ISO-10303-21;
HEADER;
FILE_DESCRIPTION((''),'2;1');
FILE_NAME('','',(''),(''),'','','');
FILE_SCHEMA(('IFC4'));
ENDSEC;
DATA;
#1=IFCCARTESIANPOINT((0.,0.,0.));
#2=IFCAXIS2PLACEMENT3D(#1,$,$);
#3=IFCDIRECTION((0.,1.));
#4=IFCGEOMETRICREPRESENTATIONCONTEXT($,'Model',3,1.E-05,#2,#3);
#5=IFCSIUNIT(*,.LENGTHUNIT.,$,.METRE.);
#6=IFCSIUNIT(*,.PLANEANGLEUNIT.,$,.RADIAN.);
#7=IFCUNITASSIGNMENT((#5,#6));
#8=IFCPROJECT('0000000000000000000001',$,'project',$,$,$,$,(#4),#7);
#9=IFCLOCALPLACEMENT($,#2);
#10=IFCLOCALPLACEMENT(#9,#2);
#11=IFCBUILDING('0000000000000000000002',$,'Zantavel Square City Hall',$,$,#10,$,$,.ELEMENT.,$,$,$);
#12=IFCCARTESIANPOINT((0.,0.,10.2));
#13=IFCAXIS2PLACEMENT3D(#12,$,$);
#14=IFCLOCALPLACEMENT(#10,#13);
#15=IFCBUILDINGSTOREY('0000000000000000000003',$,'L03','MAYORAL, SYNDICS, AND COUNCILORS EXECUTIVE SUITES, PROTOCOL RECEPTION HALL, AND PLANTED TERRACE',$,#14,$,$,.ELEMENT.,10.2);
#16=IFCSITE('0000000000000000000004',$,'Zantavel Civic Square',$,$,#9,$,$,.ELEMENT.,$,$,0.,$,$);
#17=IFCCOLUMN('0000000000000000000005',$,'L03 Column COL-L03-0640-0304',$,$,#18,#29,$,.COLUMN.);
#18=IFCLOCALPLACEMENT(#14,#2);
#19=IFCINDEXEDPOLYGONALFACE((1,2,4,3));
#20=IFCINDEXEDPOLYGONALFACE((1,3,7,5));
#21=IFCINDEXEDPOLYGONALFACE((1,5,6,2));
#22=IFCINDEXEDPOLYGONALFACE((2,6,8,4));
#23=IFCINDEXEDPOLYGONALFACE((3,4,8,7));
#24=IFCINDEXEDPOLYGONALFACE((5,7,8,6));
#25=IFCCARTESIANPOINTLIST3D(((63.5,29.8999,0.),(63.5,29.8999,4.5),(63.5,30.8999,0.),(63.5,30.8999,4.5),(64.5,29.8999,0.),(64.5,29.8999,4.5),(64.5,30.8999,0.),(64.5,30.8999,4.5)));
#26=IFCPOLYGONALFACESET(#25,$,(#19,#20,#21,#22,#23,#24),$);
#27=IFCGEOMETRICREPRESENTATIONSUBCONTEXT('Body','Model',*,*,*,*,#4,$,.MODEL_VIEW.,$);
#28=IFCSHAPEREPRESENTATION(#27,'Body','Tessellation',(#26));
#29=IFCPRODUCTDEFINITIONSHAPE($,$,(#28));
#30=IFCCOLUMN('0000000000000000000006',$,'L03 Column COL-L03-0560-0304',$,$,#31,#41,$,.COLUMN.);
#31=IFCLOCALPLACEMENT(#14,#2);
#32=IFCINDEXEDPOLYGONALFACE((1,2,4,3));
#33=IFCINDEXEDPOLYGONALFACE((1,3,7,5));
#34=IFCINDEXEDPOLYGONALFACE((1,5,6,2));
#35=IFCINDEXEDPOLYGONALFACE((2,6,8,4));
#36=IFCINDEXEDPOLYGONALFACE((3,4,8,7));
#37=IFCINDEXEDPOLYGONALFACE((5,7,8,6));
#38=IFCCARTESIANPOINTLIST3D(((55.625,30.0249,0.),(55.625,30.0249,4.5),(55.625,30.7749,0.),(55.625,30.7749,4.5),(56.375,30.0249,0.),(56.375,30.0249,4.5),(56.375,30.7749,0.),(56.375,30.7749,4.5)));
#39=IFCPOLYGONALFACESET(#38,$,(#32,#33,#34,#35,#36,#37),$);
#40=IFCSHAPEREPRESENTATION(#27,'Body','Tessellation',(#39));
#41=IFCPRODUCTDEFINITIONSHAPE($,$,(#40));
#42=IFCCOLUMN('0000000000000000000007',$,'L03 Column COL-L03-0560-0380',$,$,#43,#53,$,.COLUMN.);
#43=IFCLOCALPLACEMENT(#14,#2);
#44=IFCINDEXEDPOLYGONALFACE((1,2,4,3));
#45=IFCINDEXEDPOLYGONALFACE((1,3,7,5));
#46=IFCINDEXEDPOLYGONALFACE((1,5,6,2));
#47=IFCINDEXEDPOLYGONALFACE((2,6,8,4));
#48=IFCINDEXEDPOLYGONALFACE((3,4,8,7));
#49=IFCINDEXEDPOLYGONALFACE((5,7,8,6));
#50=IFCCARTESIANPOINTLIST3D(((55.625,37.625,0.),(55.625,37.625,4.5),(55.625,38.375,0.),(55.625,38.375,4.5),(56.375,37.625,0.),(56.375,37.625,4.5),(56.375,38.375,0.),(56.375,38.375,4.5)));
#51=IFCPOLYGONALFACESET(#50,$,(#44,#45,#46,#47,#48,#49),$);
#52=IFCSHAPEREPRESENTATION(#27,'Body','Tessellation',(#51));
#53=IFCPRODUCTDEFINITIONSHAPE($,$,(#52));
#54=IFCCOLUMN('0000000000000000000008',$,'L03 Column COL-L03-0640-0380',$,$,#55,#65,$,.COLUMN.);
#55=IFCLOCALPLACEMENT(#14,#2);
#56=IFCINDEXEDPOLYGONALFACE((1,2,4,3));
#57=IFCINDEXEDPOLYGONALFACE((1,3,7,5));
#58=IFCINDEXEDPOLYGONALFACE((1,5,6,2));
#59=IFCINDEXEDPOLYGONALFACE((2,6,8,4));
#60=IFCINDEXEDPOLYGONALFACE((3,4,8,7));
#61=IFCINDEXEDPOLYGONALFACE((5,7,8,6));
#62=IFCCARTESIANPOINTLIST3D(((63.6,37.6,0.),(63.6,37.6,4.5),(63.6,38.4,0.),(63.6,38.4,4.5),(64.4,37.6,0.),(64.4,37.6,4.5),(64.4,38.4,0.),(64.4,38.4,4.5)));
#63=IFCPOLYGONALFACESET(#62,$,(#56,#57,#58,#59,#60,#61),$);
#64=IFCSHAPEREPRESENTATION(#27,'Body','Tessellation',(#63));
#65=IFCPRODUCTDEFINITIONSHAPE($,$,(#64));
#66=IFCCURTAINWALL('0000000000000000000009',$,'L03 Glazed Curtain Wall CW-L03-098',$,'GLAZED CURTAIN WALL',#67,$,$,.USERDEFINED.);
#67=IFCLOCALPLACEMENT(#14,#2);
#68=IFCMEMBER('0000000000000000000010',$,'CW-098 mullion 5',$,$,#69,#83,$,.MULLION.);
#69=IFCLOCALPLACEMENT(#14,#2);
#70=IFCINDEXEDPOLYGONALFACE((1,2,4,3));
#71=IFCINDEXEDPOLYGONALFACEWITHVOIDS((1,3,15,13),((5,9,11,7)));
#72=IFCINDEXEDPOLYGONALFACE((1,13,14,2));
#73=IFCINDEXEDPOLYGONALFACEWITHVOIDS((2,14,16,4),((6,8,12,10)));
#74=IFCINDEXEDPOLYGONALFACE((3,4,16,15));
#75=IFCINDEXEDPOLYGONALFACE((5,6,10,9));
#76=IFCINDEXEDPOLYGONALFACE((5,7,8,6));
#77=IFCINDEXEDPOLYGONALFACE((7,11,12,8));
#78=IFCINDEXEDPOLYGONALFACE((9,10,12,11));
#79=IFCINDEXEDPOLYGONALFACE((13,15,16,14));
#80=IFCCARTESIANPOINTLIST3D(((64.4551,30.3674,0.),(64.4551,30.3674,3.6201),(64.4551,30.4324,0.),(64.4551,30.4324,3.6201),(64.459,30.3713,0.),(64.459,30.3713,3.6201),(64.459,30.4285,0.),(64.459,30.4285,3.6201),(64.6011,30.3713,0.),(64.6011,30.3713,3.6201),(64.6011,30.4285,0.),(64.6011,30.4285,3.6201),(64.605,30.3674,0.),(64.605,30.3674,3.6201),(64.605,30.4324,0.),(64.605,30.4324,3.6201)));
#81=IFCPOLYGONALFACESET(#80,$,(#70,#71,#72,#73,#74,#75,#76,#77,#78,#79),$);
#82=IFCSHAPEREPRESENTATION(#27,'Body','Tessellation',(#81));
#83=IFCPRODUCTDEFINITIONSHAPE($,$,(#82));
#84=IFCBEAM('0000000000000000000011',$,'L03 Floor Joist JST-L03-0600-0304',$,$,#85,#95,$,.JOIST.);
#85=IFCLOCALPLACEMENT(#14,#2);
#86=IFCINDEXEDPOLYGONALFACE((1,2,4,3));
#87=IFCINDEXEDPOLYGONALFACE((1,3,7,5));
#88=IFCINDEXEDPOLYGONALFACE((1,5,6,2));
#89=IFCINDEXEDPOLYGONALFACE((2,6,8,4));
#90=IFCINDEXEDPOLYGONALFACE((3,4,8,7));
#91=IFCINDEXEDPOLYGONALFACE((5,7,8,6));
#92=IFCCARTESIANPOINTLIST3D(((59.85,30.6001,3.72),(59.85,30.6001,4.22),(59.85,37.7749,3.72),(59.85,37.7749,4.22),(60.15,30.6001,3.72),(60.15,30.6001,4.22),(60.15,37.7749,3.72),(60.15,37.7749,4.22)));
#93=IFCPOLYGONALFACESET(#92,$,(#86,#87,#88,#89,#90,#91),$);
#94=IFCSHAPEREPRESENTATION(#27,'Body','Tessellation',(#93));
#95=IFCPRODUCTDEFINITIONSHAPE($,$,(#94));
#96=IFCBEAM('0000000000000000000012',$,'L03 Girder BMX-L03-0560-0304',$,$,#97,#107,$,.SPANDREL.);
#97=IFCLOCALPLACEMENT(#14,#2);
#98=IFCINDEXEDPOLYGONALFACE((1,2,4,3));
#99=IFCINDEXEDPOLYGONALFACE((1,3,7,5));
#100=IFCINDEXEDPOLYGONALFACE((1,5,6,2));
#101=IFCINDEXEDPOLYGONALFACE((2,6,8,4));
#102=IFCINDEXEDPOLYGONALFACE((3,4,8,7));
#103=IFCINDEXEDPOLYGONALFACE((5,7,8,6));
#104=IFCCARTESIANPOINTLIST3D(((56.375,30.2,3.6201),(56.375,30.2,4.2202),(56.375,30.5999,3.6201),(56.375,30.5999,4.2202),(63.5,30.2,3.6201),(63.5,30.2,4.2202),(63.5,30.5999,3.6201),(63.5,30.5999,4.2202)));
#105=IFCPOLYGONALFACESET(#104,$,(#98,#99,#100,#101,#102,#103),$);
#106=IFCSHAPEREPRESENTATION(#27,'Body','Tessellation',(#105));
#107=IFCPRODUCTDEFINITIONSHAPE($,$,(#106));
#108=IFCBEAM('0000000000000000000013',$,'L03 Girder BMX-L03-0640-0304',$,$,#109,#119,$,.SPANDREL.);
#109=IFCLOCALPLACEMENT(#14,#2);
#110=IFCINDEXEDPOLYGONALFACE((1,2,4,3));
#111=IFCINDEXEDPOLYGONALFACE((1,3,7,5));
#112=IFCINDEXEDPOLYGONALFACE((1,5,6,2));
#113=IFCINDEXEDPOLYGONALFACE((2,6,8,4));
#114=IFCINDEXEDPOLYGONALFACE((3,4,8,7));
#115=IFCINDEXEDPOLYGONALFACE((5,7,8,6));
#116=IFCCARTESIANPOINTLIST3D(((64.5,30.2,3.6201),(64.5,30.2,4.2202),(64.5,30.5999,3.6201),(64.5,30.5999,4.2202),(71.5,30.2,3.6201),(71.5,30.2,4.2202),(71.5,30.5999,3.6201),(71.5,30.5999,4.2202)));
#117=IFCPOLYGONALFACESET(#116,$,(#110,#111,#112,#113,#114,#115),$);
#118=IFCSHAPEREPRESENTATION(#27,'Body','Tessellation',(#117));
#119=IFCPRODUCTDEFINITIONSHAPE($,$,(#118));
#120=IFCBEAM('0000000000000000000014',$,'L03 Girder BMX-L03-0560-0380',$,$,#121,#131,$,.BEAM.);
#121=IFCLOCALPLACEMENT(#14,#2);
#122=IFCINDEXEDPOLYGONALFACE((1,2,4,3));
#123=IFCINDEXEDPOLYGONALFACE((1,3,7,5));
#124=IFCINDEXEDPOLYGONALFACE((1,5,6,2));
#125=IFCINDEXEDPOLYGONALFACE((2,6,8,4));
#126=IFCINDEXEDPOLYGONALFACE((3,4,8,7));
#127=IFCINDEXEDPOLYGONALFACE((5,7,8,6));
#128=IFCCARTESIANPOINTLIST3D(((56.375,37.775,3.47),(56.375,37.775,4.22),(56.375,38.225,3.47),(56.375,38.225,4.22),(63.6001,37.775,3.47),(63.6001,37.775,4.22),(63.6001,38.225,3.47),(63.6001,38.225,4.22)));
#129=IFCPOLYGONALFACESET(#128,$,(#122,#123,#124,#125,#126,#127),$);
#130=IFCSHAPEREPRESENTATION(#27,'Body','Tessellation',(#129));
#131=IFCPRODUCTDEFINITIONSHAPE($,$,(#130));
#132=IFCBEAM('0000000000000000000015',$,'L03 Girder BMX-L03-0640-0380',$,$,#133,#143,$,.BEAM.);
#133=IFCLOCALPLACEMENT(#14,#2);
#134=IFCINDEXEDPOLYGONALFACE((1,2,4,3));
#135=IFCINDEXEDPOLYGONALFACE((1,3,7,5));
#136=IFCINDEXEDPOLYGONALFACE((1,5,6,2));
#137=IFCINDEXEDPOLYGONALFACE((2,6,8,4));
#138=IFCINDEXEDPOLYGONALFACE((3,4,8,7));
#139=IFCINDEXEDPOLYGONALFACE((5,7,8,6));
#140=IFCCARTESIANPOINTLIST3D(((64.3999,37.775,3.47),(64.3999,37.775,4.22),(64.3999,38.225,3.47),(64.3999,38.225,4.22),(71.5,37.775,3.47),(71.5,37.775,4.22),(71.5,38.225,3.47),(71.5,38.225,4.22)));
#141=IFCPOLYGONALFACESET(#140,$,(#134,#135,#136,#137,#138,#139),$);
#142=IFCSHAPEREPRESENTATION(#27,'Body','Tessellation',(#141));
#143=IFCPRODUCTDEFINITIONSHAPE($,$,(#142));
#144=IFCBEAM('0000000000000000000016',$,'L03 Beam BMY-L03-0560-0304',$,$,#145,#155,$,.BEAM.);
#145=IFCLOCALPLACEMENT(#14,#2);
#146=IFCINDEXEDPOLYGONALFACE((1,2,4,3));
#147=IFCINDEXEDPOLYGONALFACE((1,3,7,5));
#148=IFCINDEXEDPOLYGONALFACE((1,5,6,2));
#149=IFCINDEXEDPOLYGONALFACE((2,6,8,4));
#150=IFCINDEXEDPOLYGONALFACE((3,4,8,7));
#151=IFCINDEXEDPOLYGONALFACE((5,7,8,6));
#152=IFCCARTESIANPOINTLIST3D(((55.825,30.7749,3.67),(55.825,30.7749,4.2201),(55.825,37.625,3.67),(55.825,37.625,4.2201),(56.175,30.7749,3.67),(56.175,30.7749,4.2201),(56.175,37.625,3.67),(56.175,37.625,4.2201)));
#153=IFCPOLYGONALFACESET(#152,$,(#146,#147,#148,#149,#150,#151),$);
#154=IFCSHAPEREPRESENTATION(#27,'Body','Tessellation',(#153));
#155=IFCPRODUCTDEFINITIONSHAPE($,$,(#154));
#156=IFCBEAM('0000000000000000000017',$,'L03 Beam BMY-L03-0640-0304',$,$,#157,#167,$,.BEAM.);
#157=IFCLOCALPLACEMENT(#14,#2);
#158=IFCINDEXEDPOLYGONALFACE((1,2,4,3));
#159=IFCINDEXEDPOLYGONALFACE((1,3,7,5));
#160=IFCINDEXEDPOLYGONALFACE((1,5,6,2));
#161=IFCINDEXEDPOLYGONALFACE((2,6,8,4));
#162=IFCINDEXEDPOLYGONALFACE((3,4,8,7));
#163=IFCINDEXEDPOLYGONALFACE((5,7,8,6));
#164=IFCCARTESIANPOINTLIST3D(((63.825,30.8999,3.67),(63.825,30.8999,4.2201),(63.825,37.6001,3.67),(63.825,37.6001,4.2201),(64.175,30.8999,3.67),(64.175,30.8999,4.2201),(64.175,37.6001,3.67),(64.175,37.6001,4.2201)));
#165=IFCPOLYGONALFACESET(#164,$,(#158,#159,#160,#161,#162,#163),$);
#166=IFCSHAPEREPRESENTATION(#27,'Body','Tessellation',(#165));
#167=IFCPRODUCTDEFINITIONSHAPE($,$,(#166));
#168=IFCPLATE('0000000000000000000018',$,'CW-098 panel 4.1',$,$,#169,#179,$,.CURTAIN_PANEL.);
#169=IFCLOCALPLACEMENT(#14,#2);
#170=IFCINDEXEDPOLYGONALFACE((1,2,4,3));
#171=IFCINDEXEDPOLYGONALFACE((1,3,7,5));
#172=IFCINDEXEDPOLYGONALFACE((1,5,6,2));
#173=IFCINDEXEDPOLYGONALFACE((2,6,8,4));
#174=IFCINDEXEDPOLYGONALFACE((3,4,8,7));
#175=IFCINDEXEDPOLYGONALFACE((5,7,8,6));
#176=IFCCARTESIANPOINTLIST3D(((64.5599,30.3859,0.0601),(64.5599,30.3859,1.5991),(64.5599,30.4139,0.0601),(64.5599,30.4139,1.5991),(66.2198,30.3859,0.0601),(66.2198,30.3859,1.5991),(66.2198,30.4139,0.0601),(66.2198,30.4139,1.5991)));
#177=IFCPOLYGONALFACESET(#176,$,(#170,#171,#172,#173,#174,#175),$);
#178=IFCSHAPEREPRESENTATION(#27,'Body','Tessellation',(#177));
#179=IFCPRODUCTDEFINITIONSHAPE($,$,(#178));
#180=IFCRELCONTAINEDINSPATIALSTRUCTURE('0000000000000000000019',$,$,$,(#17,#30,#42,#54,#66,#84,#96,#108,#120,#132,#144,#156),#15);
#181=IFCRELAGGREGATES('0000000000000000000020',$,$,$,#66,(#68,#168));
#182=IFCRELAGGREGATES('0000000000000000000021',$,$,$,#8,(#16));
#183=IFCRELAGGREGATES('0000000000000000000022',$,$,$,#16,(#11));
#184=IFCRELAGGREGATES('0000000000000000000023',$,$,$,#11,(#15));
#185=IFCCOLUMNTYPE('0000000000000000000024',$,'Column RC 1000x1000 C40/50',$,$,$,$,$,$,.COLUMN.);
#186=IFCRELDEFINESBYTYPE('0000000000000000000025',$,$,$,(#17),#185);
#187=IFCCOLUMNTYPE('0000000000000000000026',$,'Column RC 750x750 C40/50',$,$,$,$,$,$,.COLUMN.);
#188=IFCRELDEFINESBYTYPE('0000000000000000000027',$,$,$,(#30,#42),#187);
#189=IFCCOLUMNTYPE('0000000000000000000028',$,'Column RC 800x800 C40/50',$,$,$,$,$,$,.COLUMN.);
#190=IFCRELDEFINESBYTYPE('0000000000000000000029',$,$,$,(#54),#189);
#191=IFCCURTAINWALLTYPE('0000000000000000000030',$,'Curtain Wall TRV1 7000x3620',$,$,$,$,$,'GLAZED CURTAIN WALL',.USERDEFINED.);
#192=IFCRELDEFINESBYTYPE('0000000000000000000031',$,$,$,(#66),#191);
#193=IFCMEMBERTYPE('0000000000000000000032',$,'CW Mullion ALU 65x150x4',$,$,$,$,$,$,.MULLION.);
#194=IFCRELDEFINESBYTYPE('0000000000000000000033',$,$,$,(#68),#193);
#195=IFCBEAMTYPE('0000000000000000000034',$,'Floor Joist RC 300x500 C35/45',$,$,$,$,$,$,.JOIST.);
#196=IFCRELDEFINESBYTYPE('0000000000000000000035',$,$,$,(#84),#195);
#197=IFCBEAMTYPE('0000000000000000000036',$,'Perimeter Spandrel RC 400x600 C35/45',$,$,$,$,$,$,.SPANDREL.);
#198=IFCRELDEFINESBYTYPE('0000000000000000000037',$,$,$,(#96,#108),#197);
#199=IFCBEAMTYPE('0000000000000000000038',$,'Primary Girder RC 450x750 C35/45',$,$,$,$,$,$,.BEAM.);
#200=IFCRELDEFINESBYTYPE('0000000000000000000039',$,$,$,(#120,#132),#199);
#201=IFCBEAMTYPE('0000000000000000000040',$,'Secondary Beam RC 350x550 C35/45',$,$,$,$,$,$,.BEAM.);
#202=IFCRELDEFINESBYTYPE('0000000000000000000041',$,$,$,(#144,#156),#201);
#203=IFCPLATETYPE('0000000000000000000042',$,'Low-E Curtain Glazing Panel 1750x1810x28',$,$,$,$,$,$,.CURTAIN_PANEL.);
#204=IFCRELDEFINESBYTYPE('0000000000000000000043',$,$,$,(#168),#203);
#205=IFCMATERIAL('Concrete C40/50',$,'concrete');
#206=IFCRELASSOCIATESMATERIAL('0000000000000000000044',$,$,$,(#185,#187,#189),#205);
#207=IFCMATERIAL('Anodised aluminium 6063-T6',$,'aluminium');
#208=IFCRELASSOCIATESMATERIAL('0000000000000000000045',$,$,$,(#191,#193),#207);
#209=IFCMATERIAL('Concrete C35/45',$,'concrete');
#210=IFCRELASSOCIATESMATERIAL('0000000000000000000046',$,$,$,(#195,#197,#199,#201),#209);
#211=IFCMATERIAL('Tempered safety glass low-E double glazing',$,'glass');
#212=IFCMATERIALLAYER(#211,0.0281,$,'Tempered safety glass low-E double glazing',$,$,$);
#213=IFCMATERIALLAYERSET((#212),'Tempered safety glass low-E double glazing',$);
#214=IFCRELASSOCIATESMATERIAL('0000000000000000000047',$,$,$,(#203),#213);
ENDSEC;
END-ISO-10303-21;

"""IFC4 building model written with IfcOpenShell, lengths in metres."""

from ifc_helpers import new_model, si_unit, direction, frame, origin, origin_2d, place, context, subcontext, project, spatial, rectangle, hollow_rectangle, extrude, material, layer, layer_set, material_profile, profile_set, type_object, element, aggregate, save


model = new_model("IFC4")

# Units and contexts
model_context = context("Model", 3, precision=1e-05, world=origin(), true_north=direction((0.0, 1.0)))
body_context = subcontext(model_context, "Body", "Model", "MODEL_VIEW")
ifc_project = project(units=[si_unit("LENGTHUNIT", "METRE"), si_unit("PLANEANGLEUNIT", "RADIAN")], contexts=[model_context])

# Site, building, storey
site_placement = place(None, origin())
site = spatial("IfcSite", under=ifc_project, at=site_placement, Name="Zantavel Civic Square", CompositionType="ELEMENT", RefElevation=0.0)
building_placement = place(site_placement, origin())
building = spatial("IfcBuilding", under=site, at=building_placement, Name="Zantavel Square City Hall", CompositionType="ELEMENT")
storey_placement = place(building_placement, frame((0.0, 0.0, 10.2)))
storey = spatial("IfcBuildingStorey", under=building, at=storey_placement, Name="L03", Description="MAYORAL, SYNDICS, AND COUNCILORS EXECUTIVE SUITES, PROTOCOL RECEPTION HALL, AND PLANTED TERRACE", CompositionType="ELEMENT", Elevation=10.2)

# Columns
ifc_material_1 = material(Name="Concrete C40/50", Category="concrete")
ifc_material_profile_1 = material_profile(ifc_material_1, rectangle(XDim=1.0, YDim=1.0, at=origin_2d()), Name="RC 1000x1000")
ifc_profile_set_1 = profile_set([ifc_material_profile_1], Name="Concrete C40/50")
column_type_1 = type_object("IfcColumnType", Name="Column RC 1000x1000 C40/50", PredefinedType="COLUMN", material=ifc_profile_set_1)
column_1_placement = place(storey_placement, frame((64.0, 30.3999, 0.0), z_axis=(0.0, 0.0, 1.0), x_axis=(1.0, 0.0, 0.0)))
element("IfcColumn", 1, at=column_1_placement, inside=storey, type_object=column_type_1, Name="L03 Column COL-L03-0640-0304", PredefinedType="COLUMN", context=body_context, shape_type="SweptSolid", body=[
    extrude(rectangle(XDim=1.0, YDim=1.0, at=origin_2d()), origin(), (0.0, 0.0, 1.0), 4.5),
])
ifc_material_profile_2 = material_profile(ifc_material_1, rectangle(XDim=0.75, YDim=0.75, at=origin_2d()), Name="RC 750x750")
ifc_profile_set_2 = profile_set([ifc_material_profile_2], Name="Concrete C40/50")
column_type_2 = type_object("IfcColumnType", Name="Column RC 750x750 C40/50", PredefinedType="COLUMN", material=ifc_profile_set_2)
for number, where, z_axis, x_axis, name in (
    (2, (56.0, 30.3999, 0.0), (0.0, 0.0, 1.0), (1.0, 0.0, 0.0), "L03 Column COL-L03-0560-0304"),
    (3, (56.0, 38.0, 0.0), (0.0, 0.0, 1.0), (1.0, 0.0, 0.0), "L03 Column COL-L03-0560-0380"),
):
    element("IfcColumn", number, at=place(storey_placement, frame(where, z_axis=z_axis, x_axis=x_axis)), inside=storey, type_object=column_type_2, Name=name, PredefinedType="COLUMN", context=body_context, shape_type="SweptSolid", body=[
        extrude(rectangle(XDim=0.75, YDim=0.75, at=origin_2d()), origin(), (0.0, 0.0, 1.0), 4.5),
    ])
ifc_material_profile_3 = material_profile(ifc_material_1, rectangle(XDim=0.8, YDim=0.8, at=origin_2d()), Name="RC 800x800")
ifc_profile_set_3 = profile_set([ifc_material_profile_3], Name="Concrete C40/50")
column_type_3 = type_object("IfcColumnType", Name="Column RC 800x800 C40/50", PredefinedType="COLUMN", material=ifc_profile_set_3)
column_2_placement = place(storey_placement, frame((64.0, 38.0, 0.0), z_axis=(0.0, 0.0, 1.0), x_axis=(1.0, 0.0, 0.0)))
element("IfcColumn", 4, at=column_2_placement, inside=storey, type_object=column_type_3, Name="L03 Column COL-L03-0640-0380", PredefinedType="COLUMN", context=body_context, shape_type="SweptSolid", body=[
    extrude(rectangle(XDim=0.8, YDim=0.8, at=origin_2d()), origin(), (0.0, 0.0, 1.0), 4.5),
])

# Curtain wall, member
ifc_material_2 = material(Name="Anodised aluminium 6063-T6", Category="aluminium")
curtain_wall_type = type_object("IfcCurtainWallType", Name="Curtain Wall TRV1 7000x3620", ElementType="GLAZED CURTAIN WALL", PredefinedType="USERDEFINED", material=ifc_material_2)
curtain_wall_placement = place(storey_placement, origin())
curtain_wall = element("IfcCurtainWall", 5, at=curtain_wall_placement, inside=storey, type_object=curtain_wall_type, Name="L03 Glazed Curtain Wall CW-L03-098", ObjectType="GLAZED CURTAIN WALL", PredefinedType="USERDEFINED")
ifc_material_profile_4 = material_profile(ifc_material_2, hollow_rectangle(XDim=0.0649, YDim=0.1499, WallThickness=0.0039, at=origin_2d()), Name="ALU 65x150x4")
ifc_profile_set_4 = profile_set([ifc_material_profile_4], Name="Anodised aluminium 6063-T6")
member_type = type_object("IfcMemberType", Name="CW Mullion ALU 65x150x4", PredefinedType="MULLION", material=ifc_profile_set_4)
member_placement = place(storey_placement, frame((64.53, 30.3999, 0.0), z_axis=(0.0, 0.0, 1.0), x_axis=(0.0, -1.0, 0.0)))
member = element("IfcMember", 6, at=member_placement, type_object=member_type, Name="CW-098 mullion 5", PredefinedType="MULLION", context=body_context, shape_type="SweptSolid", body=[
    extrude(hollow_rectangle(XDim=0.0649, YDim=0.1499, WallThickness=0.0039, at=origin_2d()), origin(), (0.0, 0.0, 1.0), 3.6201),
])

# Beams
ifc_material_3 = material(Name="Concrete C35/45", Category="concrete")
ifc_material_profile_5 = material_profile(ifc_material_3, rectangle(XDim=0.3, YDim=0.5, at=origin_2d()), Name="RC 300x500")
ifc_profile_set_5 = profile_set([ifc_material_profile_5], Name="Concrete C35/45")
beam_type_1 = type_object("IfcBeamType", Name="Floor Joist RC 300x500 C35/45", PredefinedType="JOIST", material=ifc_profile_set_5)
beam_1_placement = place(storey_placement, frame((60.0, 30.6001, 3.97), z_axis=(0.0, 1.0, 0.0), x_axis=(-1.0, 0.0, 0.0)))
element("IfcBeam", 7, at=beam_1_placement, inside=storey, type_object=beam_type_1, Name="L03 Floor Joist JST-L03-0600-0304", PredefinedType="JOIST", context=body_context, shape_type="SweptSolid", body=[
    extrude(rectangle(XDim=0.3, YDim=0.5, at=origin_2d()), origin(), (0.0, 0.0, 1.0), 7.1748),
])
ifc_material_profile_6 = material_profile(ifc_material_3, rectangle(XDim=0.3999, YDim=0.6001, at=origin_2d()), Name="RC 400x600")
ifc_profile_set_6 = profile_set([ifc_material_profile_6], Name="Concrete C35/45")
beam_type_2 = type_object("IfcBeamType", Name="Perimeter Spandrel RC 400x600 C35/45", PredefinedType="SPANDREL", material=ifc_profile_set_6)
beam_2_placement = place(storey_placement, frame((56.375, 30.3999, 3.9202), z_axis=(1.0, 0.0, 0.0), x_axis=(0.0, 1.0, 0.0)))
element("IfcBeam", 8, at=beam_2_placement, inside=storey, type_object=beam_type_2, Name="L03 Girder BMX-L03-0560-0304", PredefinedType="SPANDREL", context=body_context, shape_type="SweptSolid", body=[
    extrude(rectangle(XDim=0.3999, YDim=0.6001, at=origin_2d()), origin(), (0.0, 0.0, 1.0), 7.125),
])
beam_3_placement = place(storey_placement, frame((64.5, 30.3999, 3.9202), z_axis=(1.0, 0.0, 0.0), x_axis=(0.0, 1.0, 0.0)))
element("IfcBeam", 9, at=beam_3_placement, inside=storey, type_object=beam_type_2, Name="L03 Girder BMX-L03-0640-0304", PredefinedType="SPANDREL", context=body_context, shape_type="SweptSolid", body=[
    extrude(rectangle(XDim=0.3999, YDim=0.6001, at=origin_2d()), origin(), (0.0, 0.0, 1.0), 7.0),
])
ifc_material_profile_7 = material_profile(ifc_material_3, rectangle(XDim=0.45, YDim=0.75, at=origin_2d()), Name="RC 450x750")
ifc_profile_set_7 = profile_set([ifc_material_profile_7], Name="Concrete C35/45")
beam_type_3 = type_object("IfcBeamType", Name="Primary Girder RC 450x750 C35/45", PredefinedType="BEAM", material=ifc_profile_set_7)
beam_4_placement = place(storey_placement, frame((56.375, 38.0, 3.845), z_axis=(1.0, 0.0, 0.0), x_axis=(0.0, 1.0, 0.0)))
element("IfcBeam", 10, at=beam_4_placement, inside=storey, type_object=beam_type_3, Name="L03 Girder BMX-L03-0560-0380", PredefinedType="BEAM", context=body_context, shape_type="SweptSolid", body=[
    extrude(rectangle(XDim=0.45, YDim=0.75, at=origin_2d()), origin(), (0.0, 0.0, 1.0), 7.2251),
])
beam_5_placement = place(storey_placement, frame((64.3999, 38.0, 3.845), z_axis=(1.0, 0.0, 0.0), x_axis=(0.0, 1.0, 0.0)))
element("IfcBeam", 11, at=beam_5_placement, inside=storey, type_object=beam_type_3, Name="L03 Girder BMX-L03-0640-0380", PredefinedType="BEAM", context=body_context, shape_type="SweptSolid", body=[
    extrude(rectangle(XDim=0.45, YDim=0.75, at=origin_2d()), origin(), (0.0, 0.0, 1.0), 7.1001),
])
ifc_material_profile_8 = material_profile(ifc_material_3, rectangle(XDim=0.3501, YDim=0.55, at=origin_2d()), Name="RC 350x550")
ifc_profile_set_8 = profile_set([ifc_material_profile_8], Name="Concrete C35/45")
beam_type_4 = type_object("IfcBeamType", Name="Secondary Beam RC 350x550 C35/45", PredefinedType="BEAM", material=ifc_profile_set_8)
beam_6_placement = place(storey_placement, frame((56.0, 30.7749, 3.9451), z_axis=(0.0, 1.0, 0.0), x_axis=(-1.0, 0.0, 0.0)))
element("IfcBeam", 12, at=beam_6_placement, inside=storey, type_object=beam_type_4, Name="L03 Beam BMY-L03-0560-0304", PredefinedType="BEAM", context=body_context, shape_type="SweptSolid", body=[
    extrude(rectangle(XDim=0.3501, YDim=0.55, at=origin_2d()), origin(), (0.0, 0.0, 1.0), 6.8501),
])
beam_7_placement = place(storey_placement, frame((64.0, 30.8999, 3.9451), z_axis=(0.0, 1.0, 0.0), x_axis=(-1.0, 0.0, 0.0)))
element("IfcBeam", 13, at=beam_7_placement, inside=storey, type_object=beam_type_4, Name="L03 Beam BMY-L03-0640-0304", PredefinedType="BEAM", context=body_context, shape_type="SweptSolid", body=[
    extrude(rectangle(XDim=0.3501, YDim=0.55, at=origin_2d()), origin(), (0.0, 0.0, 1.0), 6.7002),
])

# Plate
ifc_material_4 = material(Name="Tempered safety glass low-E double glazing", Category="glass")
ifc_layer_1 = layer(ifc_material_4, 0.0281, Name="Tempered safety glass low-E double glazing")
ifc_layer_set_1 = layer_set([ifc_layer_1], Name="Tempered safety glass low-E double glazing")
plate_type = type_object("IfcPlateType", Name="Low-E Curtain Glazing Panel 1750x1810x28", PredefinedType="CURTAIN_PANEL", material=ifc_layer_set_1)
plate_1_placement = place(storey_placement, frame((65.3899, 30.3999, 0.0601), z_axis=(0.0, 0.0, 1.0), x_axis=(-1.0, 0.0, 0.0)))
plate_1 = element("IfcPlate", 14, at=plate_1_placement, type_object=plate_type, Name="CW-098 panel 4.1", PredefinedType="CURTAIN_PANEL", context=body_context, shape_type="SweptSolid", body=[
    extrude(rectangle(XDim=1.6599, YDim=0.0281, at=origin_2d()), origin(), (0.0, 0.0, 1.0), 1.5391),
])
aggregate(curtain_wall, [member, plate_1])

save(model, "model.ifc")
